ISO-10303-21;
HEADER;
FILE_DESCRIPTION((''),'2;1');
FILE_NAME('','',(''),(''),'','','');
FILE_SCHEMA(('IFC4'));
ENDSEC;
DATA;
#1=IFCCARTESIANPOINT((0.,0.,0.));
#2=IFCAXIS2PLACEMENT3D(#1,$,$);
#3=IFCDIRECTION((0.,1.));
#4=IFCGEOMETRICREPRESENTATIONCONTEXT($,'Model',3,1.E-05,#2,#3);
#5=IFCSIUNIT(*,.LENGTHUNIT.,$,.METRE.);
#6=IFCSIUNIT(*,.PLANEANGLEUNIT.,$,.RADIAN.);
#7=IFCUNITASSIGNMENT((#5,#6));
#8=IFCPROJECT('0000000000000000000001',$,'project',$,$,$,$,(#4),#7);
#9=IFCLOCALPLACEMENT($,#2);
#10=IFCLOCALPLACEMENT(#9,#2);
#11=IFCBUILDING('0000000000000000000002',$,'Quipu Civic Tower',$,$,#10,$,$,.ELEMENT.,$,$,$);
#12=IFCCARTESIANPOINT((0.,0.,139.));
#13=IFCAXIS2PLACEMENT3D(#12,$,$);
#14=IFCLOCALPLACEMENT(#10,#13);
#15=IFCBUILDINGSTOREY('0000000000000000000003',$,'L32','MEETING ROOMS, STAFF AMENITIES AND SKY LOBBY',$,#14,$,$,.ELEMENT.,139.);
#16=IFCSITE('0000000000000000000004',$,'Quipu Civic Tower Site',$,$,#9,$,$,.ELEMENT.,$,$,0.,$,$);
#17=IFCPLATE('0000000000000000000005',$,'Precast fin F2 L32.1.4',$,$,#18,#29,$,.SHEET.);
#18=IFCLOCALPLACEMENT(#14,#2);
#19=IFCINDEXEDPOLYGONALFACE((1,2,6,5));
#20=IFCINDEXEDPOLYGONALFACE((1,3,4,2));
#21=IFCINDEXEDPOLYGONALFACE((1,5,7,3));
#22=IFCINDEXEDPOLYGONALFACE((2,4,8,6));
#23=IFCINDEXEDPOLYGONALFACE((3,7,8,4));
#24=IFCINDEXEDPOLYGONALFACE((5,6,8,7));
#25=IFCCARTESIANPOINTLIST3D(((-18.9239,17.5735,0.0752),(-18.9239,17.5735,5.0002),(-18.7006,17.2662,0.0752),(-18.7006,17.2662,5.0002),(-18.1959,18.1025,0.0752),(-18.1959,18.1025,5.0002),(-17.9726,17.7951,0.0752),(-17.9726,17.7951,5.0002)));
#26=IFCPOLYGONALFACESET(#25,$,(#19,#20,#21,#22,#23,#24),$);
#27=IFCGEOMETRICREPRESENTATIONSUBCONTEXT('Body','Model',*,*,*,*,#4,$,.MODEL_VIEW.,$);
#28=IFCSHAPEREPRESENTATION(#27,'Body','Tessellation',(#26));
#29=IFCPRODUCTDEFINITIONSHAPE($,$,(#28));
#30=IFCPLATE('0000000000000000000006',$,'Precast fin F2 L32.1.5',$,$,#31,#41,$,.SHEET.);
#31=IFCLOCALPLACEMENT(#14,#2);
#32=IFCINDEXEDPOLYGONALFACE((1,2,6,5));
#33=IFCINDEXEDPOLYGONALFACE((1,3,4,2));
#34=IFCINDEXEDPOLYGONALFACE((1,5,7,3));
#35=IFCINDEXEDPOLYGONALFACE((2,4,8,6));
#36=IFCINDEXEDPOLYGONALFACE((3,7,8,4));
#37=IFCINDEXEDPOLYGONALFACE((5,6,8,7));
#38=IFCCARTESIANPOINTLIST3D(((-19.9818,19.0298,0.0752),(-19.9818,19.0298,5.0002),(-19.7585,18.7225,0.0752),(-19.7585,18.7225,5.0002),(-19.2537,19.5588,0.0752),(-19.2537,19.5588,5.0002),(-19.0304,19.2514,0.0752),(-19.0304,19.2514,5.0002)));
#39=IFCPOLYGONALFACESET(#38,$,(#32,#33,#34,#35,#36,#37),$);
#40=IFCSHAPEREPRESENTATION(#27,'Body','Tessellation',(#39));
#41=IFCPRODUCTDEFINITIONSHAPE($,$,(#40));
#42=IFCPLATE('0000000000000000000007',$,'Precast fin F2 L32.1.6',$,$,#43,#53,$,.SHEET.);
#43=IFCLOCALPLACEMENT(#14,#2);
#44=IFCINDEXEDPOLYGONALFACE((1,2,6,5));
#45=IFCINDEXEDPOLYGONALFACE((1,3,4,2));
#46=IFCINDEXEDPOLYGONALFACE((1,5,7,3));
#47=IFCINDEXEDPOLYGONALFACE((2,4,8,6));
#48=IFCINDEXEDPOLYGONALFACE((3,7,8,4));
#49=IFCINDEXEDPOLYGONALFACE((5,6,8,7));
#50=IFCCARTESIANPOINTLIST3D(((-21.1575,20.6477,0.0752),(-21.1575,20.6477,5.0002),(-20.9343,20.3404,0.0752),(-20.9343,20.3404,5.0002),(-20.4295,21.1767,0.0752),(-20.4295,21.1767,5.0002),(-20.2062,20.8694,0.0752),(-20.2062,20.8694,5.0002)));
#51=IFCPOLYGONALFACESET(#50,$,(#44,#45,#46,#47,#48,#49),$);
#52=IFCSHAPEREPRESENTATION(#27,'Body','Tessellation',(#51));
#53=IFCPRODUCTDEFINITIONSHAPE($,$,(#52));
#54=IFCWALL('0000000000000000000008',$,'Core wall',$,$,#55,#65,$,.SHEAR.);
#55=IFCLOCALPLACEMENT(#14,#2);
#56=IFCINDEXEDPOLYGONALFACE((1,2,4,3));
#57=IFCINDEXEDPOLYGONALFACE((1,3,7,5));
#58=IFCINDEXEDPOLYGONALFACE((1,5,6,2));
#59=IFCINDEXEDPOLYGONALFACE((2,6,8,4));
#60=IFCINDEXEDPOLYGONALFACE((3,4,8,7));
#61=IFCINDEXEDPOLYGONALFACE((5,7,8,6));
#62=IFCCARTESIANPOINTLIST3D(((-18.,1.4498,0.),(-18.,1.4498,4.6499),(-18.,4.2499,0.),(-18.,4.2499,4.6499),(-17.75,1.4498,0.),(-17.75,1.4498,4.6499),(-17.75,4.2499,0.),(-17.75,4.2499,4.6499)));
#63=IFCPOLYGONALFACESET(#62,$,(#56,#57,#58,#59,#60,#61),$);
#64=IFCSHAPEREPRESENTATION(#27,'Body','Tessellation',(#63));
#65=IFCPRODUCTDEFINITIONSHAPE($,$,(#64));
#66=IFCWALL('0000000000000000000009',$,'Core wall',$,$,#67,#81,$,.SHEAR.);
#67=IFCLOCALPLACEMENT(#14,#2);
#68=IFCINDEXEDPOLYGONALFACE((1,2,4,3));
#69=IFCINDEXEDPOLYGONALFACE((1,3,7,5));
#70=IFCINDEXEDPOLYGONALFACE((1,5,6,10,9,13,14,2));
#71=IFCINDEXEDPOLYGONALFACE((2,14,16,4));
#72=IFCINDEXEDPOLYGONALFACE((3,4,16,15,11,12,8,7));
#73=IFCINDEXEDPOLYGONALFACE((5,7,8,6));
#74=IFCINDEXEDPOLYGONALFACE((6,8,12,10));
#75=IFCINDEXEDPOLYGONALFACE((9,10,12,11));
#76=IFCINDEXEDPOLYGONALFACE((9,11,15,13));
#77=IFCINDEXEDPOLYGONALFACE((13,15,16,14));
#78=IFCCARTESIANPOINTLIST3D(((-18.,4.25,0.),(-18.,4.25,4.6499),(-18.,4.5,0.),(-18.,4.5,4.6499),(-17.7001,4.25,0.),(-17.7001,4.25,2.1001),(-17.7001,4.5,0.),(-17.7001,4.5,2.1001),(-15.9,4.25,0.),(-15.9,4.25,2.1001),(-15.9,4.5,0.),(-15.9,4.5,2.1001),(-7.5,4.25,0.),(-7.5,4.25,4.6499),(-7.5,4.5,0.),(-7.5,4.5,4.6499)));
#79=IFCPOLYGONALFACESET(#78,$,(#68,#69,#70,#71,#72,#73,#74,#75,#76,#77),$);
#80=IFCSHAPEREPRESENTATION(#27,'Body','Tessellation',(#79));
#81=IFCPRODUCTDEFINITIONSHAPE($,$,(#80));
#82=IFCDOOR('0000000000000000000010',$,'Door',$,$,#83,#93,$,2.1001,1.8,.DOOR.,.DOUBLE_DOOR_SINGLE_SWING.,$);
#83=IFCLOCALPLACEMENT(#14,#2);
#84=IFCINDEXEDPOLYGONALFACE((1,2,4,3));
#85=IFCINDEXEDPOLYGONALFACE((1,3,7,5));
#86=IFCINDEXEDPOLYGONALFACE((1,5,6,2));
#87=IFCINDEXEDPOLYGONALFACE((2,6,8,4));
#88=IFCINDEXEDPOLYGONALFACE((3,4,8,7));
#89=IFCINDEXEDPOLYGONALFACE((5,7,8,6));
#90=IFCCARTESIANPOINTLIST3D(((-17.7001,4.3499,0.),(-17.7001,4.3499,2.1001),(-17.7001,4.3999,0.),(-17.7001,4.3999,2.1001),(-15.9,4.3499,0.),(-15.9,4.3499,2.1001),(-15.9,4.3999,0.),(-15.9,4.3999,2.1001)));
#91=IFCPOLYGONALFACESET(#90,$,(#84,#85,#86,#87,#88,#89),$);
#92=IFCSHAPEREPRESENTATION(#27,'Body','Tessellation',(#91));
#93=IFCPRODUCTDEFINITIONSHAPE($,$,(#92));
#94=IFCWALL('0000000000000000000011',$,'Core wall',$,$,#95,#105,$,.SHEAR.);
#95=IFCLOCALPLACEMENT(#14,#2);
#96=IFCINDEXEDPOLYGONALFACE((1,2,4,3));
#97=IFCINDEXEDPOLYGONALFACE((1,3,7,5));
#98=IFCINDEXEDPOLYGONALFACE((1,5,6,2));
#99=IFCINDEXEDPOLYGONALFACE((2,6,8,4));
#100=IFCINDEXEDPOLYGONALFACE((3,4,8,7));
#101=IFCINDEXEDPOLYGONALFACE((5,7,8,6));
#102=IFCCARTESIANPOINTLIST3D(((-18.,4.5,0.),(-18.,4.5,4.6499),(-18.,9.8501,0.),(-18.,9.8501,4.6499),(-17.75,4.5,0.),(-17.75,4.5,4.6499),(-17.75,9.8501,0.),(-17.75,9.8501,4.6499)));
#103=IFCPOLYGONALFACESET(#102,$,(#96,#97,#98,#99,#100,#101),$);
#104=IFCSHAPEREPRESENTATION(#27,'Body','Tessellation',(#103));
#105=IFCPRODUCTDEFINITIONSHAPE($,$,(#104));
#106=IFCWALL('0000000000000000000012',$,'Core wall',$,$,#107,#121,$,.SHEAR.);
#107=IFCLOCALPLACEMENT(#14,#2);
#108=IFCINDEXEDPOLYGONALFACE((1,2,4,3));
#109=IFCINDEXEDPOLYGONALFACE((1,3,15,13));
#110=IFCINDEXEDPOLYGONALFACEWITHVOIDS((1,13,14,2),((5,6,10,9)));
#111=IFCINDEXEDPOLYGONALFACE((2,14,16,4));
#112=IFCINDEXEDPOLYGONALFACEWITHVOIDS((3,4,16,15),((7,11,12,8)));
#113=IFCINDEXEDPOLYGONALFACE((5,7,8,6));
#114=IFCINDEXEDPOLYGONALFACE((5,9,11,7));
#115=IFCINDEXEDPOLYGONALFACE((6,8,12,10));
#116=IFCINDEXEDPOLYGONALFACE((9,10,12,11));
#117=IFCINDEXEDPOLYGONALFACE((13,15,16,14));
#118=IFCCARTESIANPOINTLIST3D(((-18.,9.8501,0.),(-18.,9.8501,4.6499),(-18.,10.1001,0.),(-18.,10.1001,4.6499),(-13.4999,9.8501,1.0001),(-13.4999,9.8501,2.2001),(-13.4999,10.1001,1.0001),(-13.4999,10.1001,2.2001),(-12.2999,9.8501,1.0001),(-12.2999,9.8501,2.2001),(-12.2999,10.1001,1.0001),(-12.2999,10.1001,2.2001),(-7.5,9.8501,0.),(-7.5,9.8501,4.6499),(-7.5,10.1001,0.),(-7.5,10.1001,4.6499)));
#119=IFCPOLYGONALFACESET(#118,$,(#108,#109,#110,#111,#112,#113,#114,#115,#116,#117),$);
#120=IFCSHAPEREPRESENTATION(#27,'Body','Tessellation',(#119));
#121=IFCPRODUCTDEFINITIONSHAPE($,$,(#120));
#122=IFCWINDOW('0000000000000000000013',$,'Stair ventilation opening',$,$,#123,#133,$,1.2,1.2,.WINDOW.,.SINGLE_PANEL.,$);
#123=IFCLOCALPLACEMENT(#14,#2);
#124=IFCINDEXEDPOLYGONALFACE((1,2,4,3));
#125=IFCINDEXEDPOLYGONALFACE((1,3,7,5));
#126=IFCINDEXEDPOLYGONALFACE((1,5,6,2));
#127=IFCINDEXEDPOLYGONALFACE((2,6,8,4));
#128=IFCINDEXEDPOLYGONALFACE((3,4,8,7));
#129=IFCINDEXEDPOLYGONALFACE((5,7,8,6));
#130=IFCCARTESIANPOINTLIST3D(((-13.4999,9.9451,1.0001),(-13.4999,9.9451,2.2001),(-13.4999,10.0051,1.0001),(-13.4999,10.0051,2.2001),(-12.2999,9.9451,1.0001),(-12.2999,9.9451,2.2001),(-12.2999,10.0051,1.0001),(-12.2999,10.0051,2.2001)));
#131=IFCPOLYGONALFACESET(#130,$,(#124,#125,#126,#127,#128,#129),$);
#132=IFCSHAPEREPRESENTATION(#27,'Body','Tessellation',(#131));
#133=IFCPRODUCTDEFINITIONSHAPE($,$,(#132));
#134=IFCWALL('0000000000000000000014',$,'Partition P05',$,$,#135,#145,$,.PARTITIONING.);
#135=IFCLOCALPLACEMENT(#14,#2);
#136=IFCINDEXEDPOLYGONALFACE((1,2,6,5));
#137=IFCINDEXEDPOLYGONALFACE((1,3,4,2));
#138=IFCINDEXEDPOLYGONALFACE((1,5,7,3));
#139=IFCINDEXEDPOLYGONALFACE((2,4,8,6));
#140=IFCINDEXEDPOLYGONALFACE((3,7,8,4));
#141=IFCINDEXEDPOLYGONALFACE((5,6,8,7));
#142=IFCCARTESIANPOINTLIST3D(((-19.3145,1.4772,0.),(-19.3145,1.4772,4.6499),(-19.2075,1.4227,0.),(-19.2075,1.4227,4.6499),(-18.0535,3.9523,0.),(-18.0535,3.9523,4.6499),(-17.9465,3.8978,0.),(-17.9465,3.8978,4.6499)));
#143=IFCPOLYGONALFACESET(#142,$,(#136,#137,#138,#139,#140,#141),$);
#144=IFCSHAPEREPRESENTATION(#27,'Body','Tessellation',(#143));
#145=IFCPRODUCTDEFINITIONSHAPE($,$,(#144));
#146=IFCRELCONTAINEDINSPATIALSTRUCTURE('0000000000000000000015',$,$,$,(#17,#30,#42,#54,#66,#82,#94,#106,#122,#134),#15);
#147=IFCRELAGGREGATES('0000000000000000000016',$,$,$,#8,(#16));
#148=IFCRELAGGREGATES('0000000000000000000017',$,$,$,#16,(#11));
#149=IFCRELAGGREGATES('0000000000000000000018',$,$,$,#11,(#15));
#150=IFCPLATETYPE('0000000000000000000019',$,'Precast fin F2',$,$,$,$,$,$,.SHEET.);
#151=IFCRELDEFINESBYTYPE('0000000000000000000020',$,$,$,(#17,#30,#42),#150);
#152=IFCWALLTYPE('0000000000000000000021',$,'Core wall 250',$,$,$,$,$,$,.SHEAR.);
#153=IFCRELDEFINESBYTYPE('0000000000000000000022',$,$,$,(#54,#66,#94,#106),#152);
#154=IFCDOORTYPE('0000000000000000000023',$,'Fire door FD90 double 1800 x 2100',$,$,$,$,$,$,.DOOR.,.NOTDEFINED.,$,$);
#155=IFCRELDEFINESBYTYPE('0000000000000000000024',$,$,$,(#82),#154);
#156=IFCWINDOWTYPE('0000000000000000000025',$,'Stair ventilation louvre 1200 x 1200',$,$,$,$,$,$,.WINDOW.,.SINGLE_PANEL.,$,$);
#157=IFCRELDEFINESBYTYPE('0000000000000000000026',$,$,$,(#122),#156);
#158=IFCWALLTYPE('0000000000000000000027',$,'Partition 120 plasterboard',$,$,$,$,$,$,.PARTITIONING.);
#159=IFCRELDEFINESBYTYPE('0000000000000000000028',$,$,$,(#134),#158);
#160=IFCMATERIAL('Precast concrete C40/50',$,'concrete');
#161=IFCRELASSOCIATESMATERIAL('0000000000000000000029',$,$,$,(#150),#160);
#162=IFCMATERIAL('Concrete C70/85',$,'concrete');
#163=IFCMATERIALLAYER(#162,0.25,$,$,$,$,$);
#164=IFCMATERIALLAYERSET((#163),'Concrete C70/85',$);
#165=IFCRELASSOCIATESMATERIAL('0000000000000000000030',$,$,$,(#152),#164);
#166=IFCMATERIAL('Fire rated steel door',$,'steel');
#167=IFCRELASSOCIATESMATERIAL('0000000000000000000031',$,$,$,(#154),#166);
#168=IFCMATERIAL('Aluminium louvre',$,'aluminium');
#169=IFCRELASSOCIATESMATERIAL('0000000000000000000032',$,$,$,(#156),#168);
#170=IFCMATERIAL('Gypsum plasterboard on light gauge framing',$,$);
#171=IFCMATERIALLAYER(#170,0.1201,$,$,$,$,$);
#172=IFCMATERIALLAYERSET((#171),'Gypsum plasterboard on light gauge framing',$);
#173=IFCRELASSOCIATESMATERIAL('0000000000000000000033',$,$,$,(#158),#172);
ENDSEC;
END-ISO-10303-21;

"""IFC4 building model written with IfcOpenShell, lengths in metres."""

from ifc_helpers import new_model, si_unit, direction, frame, frame_2d, origin, origin_2d, place, context, subcontext, project, spatial, rectangle, extrude, material, layer, layer_set, type_object, element, fill, save


model = new_model("IFC4")

# Units and contexts
model_context = context("Model", 3, precision=1e-05, world=origin(), true_north=direction((0.0, 1.0)))
body_context = subcontext(model_context, "Body", "Model", "MODEL_VIEW")
ifc_project = project(units=[si_unit("LENGTHUNIT", "METRE"), si_unit("PLANEANGLEUNIT", "RADIAN")], contexts=[model_context])

# Site, building, storey
site_placement = place(None, origin())
site = spatial("IfcSite", under=ifc_project, at=site_placement, Name="Quipu Civic Tower Site", CompositionType="ELEMENT", RefElevation=0.0)
building_placement = place(site_placement, origin())
building = spatial("IfcBuilding", under=site, at=building_placement, Name="Quipu Civic Tower", CompositionType="ELEMENT")
storey_placement = place(building_placement, frame((0.0, 0.0, 139.0)))
storey = spatial("IfcBuildingStorey", under=building, at=storey_placement, Name="L32", Description="MEETING ROOMS, STAFF AMENITIES AND SKY LOBBY", CompositionType="ELEMENT", Elevation=139.0)

# Plates
ifc_material_1 = material(Name="Precast concrete C40/50", Category="concrete")
plate_type_1 = type_object("IfcPlateType", Name="Precast fin F2", PredefinedType="SHEET", material=ifc_material_1)
for number, where, z_axis, x_axis, name in (
    (1, (-18.4482, 17.6843, 0.0752), (0.0, 0.0, 1.0), (-0.587787, 0.809016, 0.0), "Precast fin F2 L32.1.4"),
    (2, (-19.5061, 19.1406, 0.0752), (0.0, 0.0, 1.0), (-0.587787, 0.809016, 0.0), "Precast fin F2 L32.1.5"),
    (3, (-20.6819, 20.7585, 0.0752), (0.0, 0.0, 1.0), (-0.587787, 0.809016, 0.0), "Precast fin F2 L32.1.6"),
):
    element("IfcPlate", number, at=place(storey_placement, frame(where, z_axis=z_axis, x_axis=x_axis)), inside=storey, type_object=plate_type_1, Name=name, PredefinedType="SHEET", context=body_context, shape_type="SweptSolid", body=[
        extrude(rectangle(XDim=0.3799, YDim=0.8999, at=origin_2d()), origin(), (0.0, 0.0, 1.0), 4.925),
    ])

# Wall
ifc_material_2 = material(Name="Concrete C70/85", Category="concrete")
ifc_layer_1 = layer(ifc_material_2, 0.25)
ifc_layer_set_1 = layer_set([ifc_layer_1], Name="Concrete C70/85")
wall_type_1 = type_object("IfcWallType", Name="Core wall 250", PredefinedType="SHEAR", material=ifc_layer_set_1)
wall_1_placement = place(storey_placement, frame((-17.875, 1.45, 0.0), z_axis=(0.0, 0.0, 1.0), x_axis=(0.0, 1.0, 0.0)))
element("IfcWall", 4, at=wall_1_placement, inside=storey, type_object=wall_type_1, Name="Core wall", PredefinedType="SHEAR", context=body_context, shape_type="SweptSolid", body=[
    extrude(rectangle(XDim=2.8, YDim=0.25, at=frame_2d((1.3999, 0.0))), origin(), (0.0, 0.0, 1.0), 4.6499),
])

# Wall, opening, door
wall_2_placement = place(storey_placement, frame((-18.0, 4.375, 0.0), z_axis=(0.0, 0.0, 1.0), x_axis=(1.0, 0.0, 0.0)))
wall_2 = element("IfcWall", 5, at=wall_2_placement, inside=storey, type_object=wall_type_1, Name="Core wall", PredefinedType="SHEAR", context=body_context, shape_type="SweptSolid", body=[
    extrude(rectangle(XDim=10.5, YDim=0.25, at=frame_2d((5.25, 0.0))), origin(), (0.0, 0.0, 1.0), 4.6499),
])
opening_1_placement = place(wall_2_placement, frame((0.3, 0.0, 0.0)))
opening_1 = element("IfcOpeningElement", 6, at=opening_1_placement, cuts=wall_2, PredefinedType="OPENING", context=body_context, shape_type="SweptSolid", body=[
    extrude(rectangle(XDim=1.8, YDim=2.1001, at=frame_2d((0.8999, 1.05))), frame((0.0, 0.135, 0.0), z_axis=(0.0, -1.0, 0.0), x_axis=(1.0, 0.0, 0.0)), (0.0, 0.0, 1.0), 0.27),
])
ifc_material_3 = material(Name="Fire rated steel door", Category="steel")
door_type = type_object("IfcDoorType", Name="Fire door FD90 double 1800 x 2100", OperationType="NOTDEFINED", PredefinedType="DOOR", material=ifc_material_3)
door_placement = place(opening_1_placement, origin())
door = element("IfcDoor", 7, at=door_placement, inside=storey, type_object=door_type, Name="Door", OperationType="DOUBLE_DOOR_SINGLE_SWING", OverallHeight=2.1001, OverallWidth=1.8, PredefinedType="DOOR", context=body_context, shape_type="SweptSolid", body=[
    extrude(rectangle(XDim=1.8, YDim=2.1001, at=frame_2d((0.8999, 1.05))), frame((0.0, 0.0249, 0.0), z_axis=(0.0, -1.0, 0.0), x_axis=(1.0, 0.0, 0.0)), (0.0, 0.0, 1.0), 0.05),
])
fill(opening_1, door)

# Wall
wall_3_placement = place(storey_placement, frame((-17.875, 4.5, 0.0), z_axis=(0.0, 0.0, 1.0), x_axis=(0.0, 1.0, 0.0)))
element("IfcWall", 8, at=wall_3_placement, inside=storey, type_object=wall_type_1, Name="Core wall", PredefinedType="SHEAR", context=body_context, shape_type="SweptSolid", body=[
    extrude(rectangle(XDim=5.3501, YDim=0.25, at=frame_2d((2.675, 0.0))), origin(), (0.0, 0.0, 1.0), 4.6499),
])

# Wall, opening, window
wall_4_placement = place(storey_placement, frame((-18.0, 9.9751, 0.0), z_axis=(0.0, 0.0, 1.0), x_axis=(1.0, 0.0, 0.0)))
wall_4 = element("IfcWall", 9, at=wall_4_placement, inside=storey, type_object=wall_type_1, Name="Core wall", PredefinedType="SHEAR", context=body_context, shape_type="SweptSolid", body=[
    extrude(rectangle(XDim=10.5, YDim=0.25, at=frame_2d((5.25, 0.0))), origin(), (0.0, 0.0, 1.0), 4.6499),
])
opening_2_placement = place(wall_4_placement, frame((4.5, 0.0, 1.0)))
opening_2 = element("IfcOpeningElement", 10, at=opening_2_placement, cuts=wall_4, PredefinedType="OPENING", context=body_context, shape_type="SweptSolid", body=[
    extrude(rectangle(XDim=1.2, YDim=1.2, at=frame_2d((0.6001, 0.6001))), frame((0.0, 0.135, 0.0), z_axis=(0.0, -1.0, 0.0), x_axis=(1.0, 0.0, 0.0)), (0.0, 0.0, 1.0), 0.27),
])
ifc_material_4 = material(Name="Aluminium louvre", Category="aluminium")
window_type = type_object("IfcWindowType", Name="Stair ventilation louvre 1200 x 1200", PartitioningType="SINGLE_PANEL", PredefinedType="WINDOW", material=ifc_material_4)
window_placement = place(opening_2_placement, origin())
window = element("IfcWindow", 11, at=window_placement, inside=storey, type_object=window_type, Name="Stair ventilation opening", OverallHeight=1.2, OverallWidth=1.2, PartitioningType="SINGLE_PANEL", PredefinedType="WINDOW", context=body_context, shape_type="SweptSolid", body=[
    extrude(rectangle(XDim=1.2, YDim=1.2, at=frame_2d((0.6001, 0.6001))), frame((0.0, 0.03, 0.0), z_axis=(0.0, -1.0, 0.0), x_axis=(1.0, 0.0, 0.0)), (0.0, 0.0, 1.0), 0.0601),
])
fill(opening_2, window)

# Wall
ifc_material_5 = material(Name="Gypsum plasterboard on light gauge framing")
ifc_layer_2 = layer(ifc_material_5, 0.1201)
ifc_layer_set_2 = layer_set([ifc_layer_2], Name="Gypsum plasterboard on light gauge framing")
wall_type_2 = type_object("IfcWallType", Name="Partition 120 plasterboard", PredefinedType="PARTITIONING", material=ifc_layer_set_2)
wall_5_placement = place(storey_placement, frame((-19.261, 1.45, 0.0), z_axis=(0.0, 0.0, 1.0), x_axis=(0.453951, 0.891027, 0.0)))
element("IfcWall", 12, at=wall_5_placement, inside=storey, type_object=wall_type_2, Name="Partition P05", PredefinedType="PARTITIONING", context=body_context, shape_type="SweptSolid", body=[
    extrude(rectangle(XDim=2.7778, YDim=0.1201, at=frame_2d((1.3889, 0.0))), origin(), (0.0, 0.0, 1.0), 4.6499),
])

save(model, "model.ifc")
